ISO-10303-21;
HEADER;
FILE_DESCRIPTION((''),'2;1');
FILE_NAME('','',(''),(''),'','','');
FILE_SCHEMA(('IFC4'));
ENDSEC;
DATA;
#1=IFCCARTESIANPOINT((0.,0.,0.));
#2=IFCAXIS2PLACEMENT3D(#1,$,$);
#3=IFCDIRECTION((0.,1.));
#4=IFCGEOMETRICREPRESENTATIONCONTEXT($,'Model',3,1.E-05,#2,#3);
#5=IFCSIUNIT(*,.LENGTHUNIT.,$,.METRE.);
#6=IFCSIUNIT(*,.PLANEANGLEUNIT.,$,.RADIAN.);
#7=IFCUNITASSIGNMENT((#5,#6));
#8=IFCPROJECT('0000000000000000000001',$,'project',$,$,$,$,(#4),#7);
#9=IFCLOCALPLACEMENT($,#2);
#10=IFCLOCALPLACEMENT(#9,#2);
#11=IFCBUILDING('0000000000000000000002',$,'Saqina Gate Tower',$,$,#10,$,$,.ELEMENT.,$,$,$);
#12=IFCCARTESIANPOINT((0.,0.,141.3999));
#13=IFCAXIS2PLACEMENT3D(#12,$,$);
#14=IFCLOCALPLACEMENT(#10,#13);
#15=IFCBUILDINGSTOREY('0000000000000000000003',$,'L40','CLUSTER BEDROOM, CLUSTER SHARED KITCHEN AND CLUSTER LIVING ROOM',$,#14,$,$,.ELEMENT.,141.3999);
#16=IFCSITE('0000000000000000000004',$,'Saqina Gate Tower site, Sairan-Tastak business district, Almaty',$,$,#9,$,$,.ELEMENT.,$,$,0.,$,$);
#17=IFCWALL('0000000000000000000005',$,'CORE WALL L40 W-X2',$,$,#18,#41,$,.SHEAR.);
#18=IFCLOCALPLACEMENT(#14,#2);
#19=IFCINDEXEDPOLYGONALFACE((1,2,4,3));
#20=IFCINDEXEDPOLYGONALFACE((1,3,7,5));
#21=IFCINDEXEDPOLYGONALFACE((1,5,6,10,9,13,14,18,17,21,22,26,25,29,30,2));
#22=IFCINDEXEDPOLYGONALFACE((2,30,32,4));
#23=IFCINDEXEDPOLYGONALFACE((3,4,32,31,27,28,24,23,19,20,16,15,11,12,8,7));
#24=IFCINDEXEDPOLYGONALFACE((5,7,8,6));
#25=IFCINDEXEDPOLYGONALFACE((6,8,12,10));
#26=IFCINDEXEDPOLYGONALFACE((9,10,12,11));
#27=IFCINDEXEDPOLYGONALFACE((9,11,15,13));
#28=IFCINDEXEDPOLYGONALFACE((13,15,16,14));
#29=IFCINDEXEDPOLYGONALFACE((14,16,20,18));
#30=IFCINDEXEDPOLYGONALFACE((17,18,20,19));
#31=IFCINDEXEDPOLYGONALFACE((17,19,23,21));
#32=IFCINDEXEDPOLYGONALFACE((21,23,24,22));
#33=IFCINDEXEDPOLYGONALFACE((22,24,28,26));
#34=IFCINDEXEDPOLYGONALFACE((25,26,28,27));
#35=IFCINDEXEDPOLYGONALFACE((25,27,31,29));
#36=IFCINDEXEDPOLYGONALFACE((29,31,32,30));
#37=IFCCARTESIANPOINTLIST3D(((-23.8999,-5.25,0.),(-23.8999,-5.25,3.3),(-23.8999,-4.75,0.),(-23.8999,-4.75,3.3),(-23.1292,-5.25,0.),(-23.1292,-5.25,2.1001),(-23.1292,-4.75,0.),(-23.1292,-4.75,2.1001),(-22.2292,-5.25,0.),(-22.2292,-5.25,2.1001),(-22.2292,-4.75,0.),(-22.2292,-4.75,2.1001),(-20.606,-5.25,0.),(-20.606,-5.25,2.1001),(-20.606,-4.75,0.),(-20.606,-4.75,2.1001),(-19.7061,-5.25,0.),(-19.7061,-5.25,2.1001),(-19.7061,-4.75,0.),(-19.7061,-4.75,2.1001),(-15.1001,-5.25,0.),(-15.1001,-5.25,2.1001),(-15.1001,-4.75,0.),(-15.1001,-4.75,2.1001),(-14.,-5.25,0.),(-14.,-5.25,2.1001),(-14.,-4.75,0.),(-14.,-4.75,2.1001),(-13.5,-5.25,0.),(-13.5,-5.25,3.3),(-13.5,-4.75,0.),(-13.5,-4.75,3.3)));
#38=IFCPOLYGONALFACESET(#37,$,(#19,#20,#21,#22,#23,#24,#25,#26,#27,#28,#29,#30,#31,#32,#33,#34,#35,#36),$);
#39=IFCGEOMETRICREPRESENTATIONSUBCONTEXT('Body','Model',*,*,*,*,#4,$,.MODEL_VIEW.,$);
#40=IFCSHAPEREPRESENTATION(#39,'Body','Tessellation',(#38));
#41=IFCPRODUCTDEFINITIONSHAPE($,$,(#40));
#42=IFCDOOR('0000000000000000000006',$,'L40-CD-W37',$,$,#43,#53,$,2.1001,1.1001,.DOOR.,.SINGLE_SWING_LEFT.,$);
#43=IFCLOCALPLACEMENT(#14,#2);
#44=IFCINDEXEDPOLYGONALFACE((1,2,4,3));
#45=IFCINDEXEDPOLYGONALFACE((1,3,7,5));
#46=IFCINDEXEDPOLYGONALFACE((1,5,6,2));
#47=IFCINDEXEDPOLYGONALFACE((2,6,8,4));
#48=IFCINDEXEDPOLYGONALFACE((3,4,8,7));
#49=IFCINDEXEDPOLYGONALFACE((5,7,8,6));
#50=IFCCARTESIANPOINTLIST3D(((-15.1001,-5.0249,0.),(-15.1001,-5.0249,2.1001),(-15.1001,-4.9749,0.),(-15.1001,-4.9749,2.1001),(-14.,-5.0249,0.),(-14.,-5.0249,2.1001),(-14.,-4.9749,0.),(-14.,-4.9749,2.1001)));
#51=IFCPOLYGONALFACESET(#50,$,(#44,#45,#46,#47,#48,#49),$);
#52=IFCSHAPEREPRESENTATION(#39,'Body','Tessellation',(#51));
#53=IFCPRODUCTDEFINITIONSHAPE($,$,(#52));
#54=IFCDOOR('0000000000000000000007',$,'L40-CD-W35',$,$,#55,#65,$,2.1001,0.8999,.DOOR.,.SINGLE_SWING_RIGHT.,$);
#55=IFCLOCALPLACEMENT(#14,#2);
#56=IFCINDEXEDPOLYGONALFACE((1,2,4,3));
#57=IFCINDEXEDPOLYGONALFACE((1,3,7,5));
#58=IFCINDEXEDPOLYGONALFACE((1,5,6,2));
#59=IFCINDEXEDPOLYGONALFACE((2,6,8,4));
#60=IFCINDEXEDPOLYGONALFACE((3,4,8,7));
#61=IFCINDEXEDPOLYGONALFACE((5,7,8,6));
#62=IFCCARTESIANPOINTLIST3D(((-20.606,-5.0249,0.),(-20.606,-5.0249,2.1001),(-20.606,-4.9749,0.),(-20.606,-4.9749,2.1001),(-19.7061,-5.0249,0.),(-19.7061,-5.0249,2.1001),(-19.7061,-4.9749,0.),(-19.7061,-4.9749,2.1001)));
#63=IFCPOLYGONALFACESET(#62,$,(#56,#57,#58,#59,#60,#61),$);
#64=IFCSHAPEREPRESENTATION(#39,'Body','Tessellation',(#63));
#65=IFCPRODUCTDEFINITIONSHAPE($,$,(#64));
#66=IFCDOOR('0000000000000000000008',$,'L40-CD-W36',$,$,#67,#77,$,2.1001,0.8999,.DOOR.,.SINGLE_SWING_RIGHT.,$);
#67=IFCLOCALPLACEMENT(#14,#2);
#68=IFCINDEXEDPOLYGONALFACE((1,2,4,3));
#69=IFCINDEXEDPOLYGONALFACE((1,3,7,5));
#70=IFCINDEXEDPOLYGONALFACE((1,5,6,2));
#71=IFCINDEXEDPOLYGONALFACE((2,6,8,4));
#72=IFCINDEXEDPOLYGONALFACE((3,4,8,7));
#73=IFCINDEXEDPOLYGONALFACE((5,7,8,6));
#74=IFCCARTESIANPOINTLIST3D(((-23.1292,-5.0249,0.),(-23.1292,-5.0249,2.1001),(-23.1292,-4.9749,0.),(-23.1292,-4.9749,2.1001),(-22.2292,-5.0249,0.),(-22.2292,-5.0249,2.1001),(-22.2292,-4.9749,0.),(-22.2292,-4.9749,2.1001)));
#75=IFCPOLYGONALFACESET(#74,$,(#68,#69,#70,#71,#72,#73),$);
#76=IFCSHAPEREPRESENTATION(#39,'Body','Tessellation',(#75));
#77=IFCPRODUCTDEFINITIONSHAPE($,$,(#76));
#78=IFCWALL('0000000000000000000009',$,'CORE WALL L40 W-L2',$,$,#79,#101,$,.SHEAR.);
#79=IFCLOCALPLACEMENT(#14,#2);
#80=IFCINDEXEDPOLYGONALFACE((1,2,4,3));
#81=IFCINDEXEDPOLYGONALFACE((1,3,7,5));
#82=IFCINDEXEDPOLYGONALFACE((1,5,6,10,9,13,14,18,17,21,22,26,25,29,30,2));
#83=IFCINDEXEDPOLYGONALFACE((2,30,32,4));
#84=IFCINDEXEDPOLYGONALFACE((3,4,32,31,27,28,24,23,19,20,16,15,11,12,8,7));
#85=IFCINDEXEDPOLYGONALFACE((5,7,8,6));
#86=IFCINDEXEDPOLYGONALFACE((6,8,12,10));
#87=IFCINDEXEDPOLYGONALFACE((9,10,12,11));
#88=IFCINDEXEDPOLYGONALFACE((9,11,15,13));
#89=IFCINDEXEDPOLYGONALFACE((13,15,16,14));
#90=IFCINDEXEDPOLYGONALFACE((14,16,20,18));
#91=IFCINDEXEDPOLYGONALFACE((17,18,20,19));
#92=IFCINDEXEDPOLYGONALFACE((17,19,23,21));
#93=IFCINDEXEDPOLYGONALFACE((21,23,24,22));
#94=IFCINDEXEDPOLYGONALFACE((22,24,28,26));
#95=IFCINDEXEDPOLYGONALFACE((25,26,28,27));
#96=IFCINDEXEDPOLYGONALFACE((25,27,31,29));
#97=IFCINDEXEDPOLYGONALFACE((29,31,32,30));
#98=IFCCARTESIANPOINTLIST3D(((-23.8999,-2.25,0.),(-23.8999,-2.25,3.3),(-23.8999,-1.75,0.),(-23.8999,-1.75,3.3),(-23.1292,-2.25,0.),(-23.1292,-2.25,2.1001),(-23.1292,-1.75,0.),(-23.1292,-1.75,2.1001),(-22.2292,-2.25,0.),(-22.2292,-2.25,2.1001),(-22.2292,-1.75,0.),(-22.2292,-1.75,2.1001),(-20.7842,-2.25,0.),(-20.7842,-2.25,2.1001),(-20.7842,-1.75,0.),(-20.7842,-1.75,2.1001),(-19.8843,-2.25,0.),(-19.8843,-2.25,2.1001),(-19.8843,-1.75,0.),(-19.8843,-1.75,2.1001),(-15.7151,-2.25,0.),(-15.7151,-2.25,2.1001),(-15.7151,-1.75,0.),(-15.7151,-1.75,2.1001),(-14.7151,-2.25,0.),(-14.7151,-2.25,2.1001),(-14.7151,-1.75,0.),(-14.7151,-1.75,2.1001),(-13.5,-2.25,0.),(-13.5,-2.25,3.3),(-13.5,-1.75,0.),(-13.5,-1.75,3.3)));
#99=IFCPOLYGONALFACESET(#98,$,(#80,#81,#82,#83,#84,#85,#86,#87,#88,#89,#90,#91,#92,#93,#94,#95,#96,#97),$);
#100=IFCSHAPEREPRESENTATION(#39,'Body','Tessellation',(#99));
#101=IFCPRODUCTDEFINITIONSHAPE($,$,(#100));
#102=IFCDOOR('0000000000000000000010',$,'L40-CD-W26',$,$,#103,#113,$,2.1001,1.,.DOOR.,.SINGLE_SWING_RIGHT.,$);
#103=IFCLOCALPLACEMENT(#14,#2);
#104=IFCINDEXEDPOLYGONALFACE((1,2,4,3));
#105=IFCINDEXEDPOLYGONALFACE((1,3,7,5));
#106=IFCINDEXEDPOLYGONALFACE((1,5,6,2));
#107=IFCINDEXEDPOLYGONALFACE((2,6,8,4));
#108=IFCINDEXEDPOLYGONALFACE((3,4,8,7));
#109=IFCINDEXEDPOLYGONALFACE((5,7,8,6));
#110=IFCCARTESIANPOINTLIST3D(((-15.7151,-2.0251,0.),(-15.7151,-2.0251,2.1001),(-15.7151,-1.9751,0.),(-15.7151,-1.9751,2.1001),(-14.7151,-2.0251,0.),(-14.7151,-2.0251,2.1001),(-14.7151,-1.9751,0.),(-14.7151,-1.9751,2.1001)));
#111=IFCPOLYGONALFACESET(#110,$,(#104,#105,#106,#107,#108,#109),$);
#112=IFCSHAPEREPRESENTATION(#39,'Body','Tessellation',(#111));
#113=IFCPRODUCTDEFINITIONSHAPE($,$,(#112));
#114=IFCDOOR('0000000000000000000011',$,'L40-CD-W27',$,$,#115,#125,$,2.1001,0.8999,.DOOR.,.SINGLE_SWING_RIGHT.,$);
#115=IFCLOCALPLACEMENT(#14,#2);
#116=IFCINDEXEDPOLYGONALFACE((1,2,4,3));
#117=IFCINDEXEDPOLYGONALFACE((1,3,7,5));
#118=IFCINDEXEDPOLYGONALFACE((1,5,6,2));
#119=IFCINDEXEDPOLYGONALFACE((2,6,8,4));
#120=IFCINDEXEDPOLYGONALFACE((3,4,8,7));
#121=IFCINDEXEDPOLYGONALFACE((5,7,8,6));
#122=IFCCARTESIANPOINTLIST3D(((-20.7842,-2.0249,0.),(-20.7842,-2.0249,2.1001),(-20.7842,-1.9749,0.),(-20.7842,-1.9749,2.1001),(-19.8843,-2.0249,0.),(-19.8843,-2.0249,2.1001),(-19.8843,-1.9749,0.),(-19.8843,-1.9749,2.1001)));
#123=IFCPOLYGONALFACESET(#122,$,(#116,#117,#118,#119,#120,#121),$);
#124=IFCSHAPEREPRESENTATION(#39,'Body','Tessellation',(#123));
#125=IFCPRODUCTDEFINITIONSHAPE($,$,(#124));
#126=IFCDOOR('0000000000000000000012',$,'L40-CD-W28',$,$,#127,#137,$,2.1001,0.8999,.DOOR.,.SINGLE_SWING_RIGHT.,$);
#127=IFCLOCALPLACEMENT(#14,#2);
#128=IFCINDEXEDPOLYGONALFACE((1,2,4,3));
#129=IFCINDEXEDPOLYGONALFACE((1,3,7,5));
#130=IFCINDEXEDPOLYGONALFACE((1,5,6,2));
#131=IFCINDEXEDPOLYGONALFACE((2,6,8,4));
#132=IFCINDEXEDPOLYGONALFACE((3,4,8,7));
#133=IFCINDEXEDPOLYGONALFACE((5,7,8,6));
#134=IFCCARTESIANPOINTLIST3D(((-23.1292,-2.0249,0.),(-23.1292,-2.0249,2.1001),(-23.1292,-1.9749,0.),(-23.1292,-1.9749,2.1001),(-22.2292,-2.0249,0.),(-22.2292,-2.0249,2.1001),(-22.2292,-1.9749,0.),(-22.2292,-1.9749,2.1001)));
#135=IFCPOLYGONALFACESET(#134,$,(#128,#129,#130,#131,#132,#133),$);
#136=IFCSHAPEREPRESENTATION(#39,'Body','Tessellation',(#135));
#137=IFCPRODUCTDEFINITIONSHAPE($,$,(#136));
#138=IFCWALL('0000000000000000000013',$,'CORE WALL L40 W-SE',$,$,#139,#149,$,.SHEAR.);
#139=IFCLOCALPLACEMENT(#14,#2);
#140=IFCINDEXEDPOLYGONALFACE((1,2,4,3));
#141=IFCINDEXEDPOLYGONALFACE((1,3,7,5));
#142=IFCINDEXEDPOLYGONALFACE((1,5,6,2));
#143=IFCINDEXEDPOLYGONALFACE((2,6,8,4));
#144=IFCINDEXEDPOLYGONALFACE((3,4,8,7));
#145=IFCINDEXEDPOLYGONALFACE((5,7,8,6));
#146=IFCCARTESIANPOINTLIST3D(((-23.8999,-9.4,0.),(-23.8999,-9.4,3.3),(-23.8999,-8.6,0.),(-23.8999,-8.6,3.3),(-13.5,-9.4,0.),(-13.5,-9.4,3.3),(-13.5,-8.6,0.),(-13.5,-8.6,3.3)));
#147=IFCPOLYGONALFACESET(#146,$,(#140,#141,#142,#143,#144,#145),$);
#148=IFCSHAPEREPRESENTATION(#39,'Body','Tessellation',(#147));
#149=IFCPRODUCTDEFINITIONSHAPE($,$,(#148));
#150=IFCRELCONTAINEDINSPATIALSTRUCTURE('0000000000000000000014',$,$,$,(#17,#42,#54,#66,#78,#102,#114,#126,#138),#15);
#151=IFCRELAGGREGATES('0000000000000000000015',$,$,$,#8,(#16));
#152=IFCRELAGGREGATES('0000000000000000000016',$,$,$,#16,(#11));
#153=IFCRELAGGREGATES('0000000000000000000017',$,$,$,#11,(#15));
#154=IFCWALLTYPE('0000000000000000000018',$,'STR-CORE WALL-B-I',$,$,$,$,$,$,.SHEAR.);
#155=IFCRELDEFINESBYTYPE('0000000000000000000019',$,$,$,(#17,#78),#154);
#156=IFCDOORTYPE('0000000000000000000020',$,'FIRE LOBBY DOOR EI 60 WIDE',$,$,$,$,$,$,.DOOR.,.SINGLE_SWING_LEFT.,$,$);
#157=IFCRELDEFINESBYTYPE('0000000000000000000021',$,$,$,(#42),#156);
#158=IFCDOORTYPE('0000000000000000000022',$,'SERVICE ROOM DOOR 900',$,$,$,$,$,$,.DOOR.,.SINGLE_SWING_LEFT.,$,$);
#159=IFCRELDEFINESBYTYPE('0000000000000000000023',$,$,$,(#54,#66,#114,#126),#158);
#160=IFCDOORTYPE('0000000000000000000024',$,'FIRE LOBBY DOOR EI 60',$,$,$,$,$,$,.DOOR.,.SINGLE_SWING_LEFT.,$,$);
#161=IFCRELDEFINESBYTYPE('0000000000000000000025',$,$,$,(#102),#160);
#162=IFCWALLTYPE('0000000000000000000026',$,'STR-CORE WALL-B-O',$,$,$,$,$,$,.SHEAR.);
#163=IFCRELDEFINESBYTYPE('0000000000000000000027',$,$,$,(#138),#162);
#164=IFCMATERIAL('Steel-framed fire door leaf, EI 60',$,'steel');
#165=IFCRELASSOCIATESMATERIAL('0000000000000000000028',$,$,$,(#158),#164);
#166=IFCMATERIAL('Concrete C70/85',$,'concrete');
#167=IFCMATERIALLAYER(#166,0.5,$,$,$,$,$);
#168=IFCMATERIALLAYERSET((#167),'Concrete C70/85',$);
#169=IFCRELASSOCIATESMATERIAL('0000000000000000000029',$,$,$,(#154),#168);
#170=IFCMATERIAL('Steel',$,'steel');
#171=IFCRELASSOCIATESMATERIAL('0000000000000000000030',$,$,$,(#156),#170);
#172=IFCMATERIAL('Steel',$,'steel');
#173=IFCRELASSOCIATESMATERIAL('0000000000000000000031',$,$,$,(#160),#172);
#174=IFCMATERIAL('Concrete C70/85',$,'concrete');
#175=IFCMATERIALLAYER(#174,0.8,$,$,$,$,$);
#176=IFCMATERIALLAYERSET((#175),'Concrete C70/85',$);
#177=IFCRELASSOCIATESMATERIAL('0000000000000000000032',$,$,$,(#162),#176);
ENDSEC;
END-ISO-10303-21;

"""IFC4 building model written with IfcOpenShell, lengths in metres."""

from ifc_helpers import new_model, si_unit, direction, frame, frame_2d, origin, place, context, subcontext, project, spatial, rectangle, extrude, material, layer, layer_set, type_object, element, fill, save


model = new_model("IFC4")

# Units and contexts
model_context = context("Model", 3, precision=1e-05, world=origin(), true_north=direction((0.0, 1.0)))
body_context = subcontext(model_context, "Body", "Model", "MODEL_VIEW")
ifc_project = project(units=[si_unit("LENGTHUNIT", "METRE"), si_unit("PLANEANGLEUNIT", "RADIAN")], contexts=[model_context])

# Site, building, storey
site_placement = place(None, origin())
site = spatial("IfcSite", under=ifc_project, at=site_placement, Name="Saqina Gate Tower site, Sairan-Tastak business district, Almaty", CompositionType="ELEMENT", RefElevation=0.0)
building_placement = place(site_placement, origin())
building = spatial("IfcBuilding", under=site, at=building_placement, Name="Saqina Gate Tower", CompositionType="ELEMENT")
storey_placement = place(building_placement, frame((0.0, 0.0, 141.3999)))
storey = spatial("IfcBuildingStorey", under=building, at=storey_placement, Name="L40", Description="CLUSTER BEDROOM, CLUSTER SHARED KITCHEN AND CLUSTER LIVING ROOM", CompositionType="ELEMENT", Elevation=141.3999)

# Shared definitions
ifc_material_1 = material(Name="Steel-framed fire door leaf, EI 60", Category="steel")
door_type_1 = type_object("IfcDoorType", Name="SERVICE ROOM DOOR 900", OperationType="SINGLE_SWING_LEFT", PredefinedType="DOOR", material=ifc_material_1)

# Walls, openings, doors
ifc_material_2 = material(Name="Concrete C70/85", Category="concrete")
ifc_layer_1 = layer(ifc_material_2, 0.5)
ifc_layer_set_1 = layer_set([ifc_layer_1], Name="Concrete C70/85")
wall_type_1 = type_object("IfcWallType", Name="STR-CORE WALL-B-I", PredefinedType="SHEAR", material=ifc_layer_set_1)
wall_1_placement = place(storey_placement, frame((-13.5, -5.0, 0.0), z_axis=(0.0, 0.0, 1.0), x_axis=(-1.0, 0.0, 0.0)))
wall_1 = element("IfcWall", 1, at=wall_1_placement, inside=storey, type_object=wall_type_1, Name="CORE WALL L40 W-X2", PredefinedType="SHEAR", context=body_context, shape_type="SweptSolid", body=[
    extrude(rectangle(XDim=10.3999, YDim=0.5, at=frame_2d((5.2, 0.0))), origin(), (0.0, 0.0, 1.0), 3.3),
])
opening_1_placement = place(wall_1_placement, frame((6.2061, 0.0, 0.0)))
opening_1 = element("IfcOpeningElement", 2, at=opening_1_placement, cuts=wall_1, PredefinedType="OPENING", context=body_context, shape_type="SweptSolid", body=[
    extrude(rectangle(XDim=0.8999, YDim=2.1001, at=frame_2d((0.45, 1.05))), frame((0.0, 0.262, 0.0), z_axis=(0.0, -1.0, 0.0), x_axis=(1.0, 0.0, 0.0)), (0.0, 0.0, 1.0), 0.5239),
])
opening_2_placement = place(wall_1_placement, frame((8.7292, 0.0, 0.0)))
opening_2 = element("IfcOpeningElement", 3, at=opening_2_placement, cuts=wall_1, PredefinedType="OPENING", context=body_context, shape_type="SweptSolid", body=[
    extrude(rectangle(XDim=0.8999, YDim=2.1001, at=frame_2d((0.45, 1.05))), frame((0.0, 0.262, 0.0), z_axis=(0.0, -1.0, 0.0), x_axis=(1.0, 0.0, 0.0)), (0.0, 0.0, 1.0), 0.5239),
])
opening_3_placement = place(wall_1_placement, frame((0.5, 0.0, 0.0)))
opening_3 = element("IfcOpeningElement", 4, at=opening_3_placement, cuts=wall_1, PredefinedType="OPENING", context=body_context, shape_type="SweptSolid", body=[
    extrude(rectangle(XDim=1.1001, YDim=2.1001, at=frame_2d((0.55, 1.05))), frame((0.0, 0.262, 0.0), z_axis=(0.0, -1.0, 0.0), x_axis=(1.0, 0.0, 0.0)), (0.0, 0.0, 1.0), 0.5239),
])
ifc_material_3 = material(Name="Steel", Category="steel")
door_type_2 = type_object("IfcDoorType", Name="FIRE LOBBY DOOR EI 60 WIDE", OperationType="SINGLE_SWING_LEFT", PredefinedType="DOOR", material=ifc_material_3)
door_1_placement = place(opening_3_placement, origin())
door_1 = element("IfcDoor", 5, at=door_1_placement, inside=storey, type_object=door_type_2, Name="L40-CD-W37", OperationType="SINGLE_SWING_LEFT", OverallHeight=2.1001, OverallWidth=1.1001, PredefinedType="DOOR", context=body_context, shape_type="SweptSolid", body=[
    extrude(rectangle(XDim=1.1001, YDim=2.1001, at=frame_2d((0.55, 1.05))), frame((0.0, 0.0249, 0.0), z_axis=(0.0, -1.0, 0.0), x_axis=(1.0, 0.0, 0.0)), (0.0, 0.0, 1.0), 0.05),
])
fill(opening_3, door_1)
door_2_placement = place(opening_1_placement, origin())
door_2 = element("IfcDoor", 6, at=door_2_placement, inside=storey, type_object=door_type_1, Name="L40-CD-W35", OperationType="SINGLE_SWING_RIGHT", OverallHeight=2.1001, OverallWidth=0.8999, PredefinedType="DOOR", context=body_context, shape_type="SweptSolid", body=[
    extrude(rectangle(XDim=0.8999, YDim=2.1001, at=frame_2d((0.45, 1.05))), frame((0.0, 0.0249, 0.0), z_axis=(0.0, -1.0, 0.0), x_axis=(1.0, 0.0, 0.0)), (0.0, 0.0, 1.0), 0.05),
])
fill(opening_1, door_2)
door_3_placement = place(opening_2_placement, origin())
door_3 = element("IfcDoor", 7, at=door_3_placement, inside=storey, type_object=door_type_1, Name="L40-CD-W36", OperationType="SINGLE_SWING_RIGHT", OverallHeight=2.1001, OverallWidth=0.8999, PredefinedType="DOOR", context=body_context, shape_type="SweptSolid", body=[
    extrude(rectangle(XDim=0.8999, YDim=2.1001, at=frame_2d((0.45, 1.05))), frame((0.0, 0.0249, 0.0), z_axis=(0.0, -1.0, 0.0), x_axis=(1.0, 0.0, 0.0)), (0.0, 0.0, 1.0), 0.05),
])
fill(opening_2, door_3)
wall_2_placement = place(storey_placement, frame((-13.5, -2.0, 0.0), z_axis=(0.0, 0.0, 1.0), x_axis=(-1.0, 0.0, 0.0)))
wall_2 = element("IfcWall", 8, at=wall_2_placement, inside=storey, type_object=wall_type_1, Name="CORE WALL L40 W-L2", PredefinedType="SHEAR", context=body_context, shape_type="SweptSolid", body=[
    extrude(rectangle(XDim=10.3999, YDim=0.5, at=frame_2d((5.2, 0.0))), origin(), (0.0, 0.0, 1.0), 3.3),
])
opening_4_placement = place(wall_2_placement, frame((1.2151, 0.0, 0.0)))
opening_4 = element("IfcOpeningElement", 9, at=opening_4_placement, cuts=wall_2, PredefinedType="OPENING", context=body_context, shape_type="SweptSolid", body=[
    extrude(rectangle(XDim=1.0, YDim=2.1001, at=frame_2d((0.5, 1.05))), frame((0.0, 0.262, 0.0), z_axis=(0.0, -1.0, 0.0), x_axis=(1.0, 0.0, 0.0)), (0.0, 0.0, 1.0), 0.5239),
])
opening_5_placement = place(wall_2_placement, frame((6.3843, 0.0, 0.0)))
opening_5 = element("IfcOpeningElement", 10, at=opening_5_placement, cuts=wall_2, PredefinedType="OPENING", context=body_context, shape_type="SweptSolid", body=[
    extrude(rectangle(XDim=0.8999, YDim=2.1001, at=frame_2d((0.45, 1.05))), frame((0.0, 0.262, 0.0), z_axis=(0.0, -1.0, 0.0), x_axis=(1.0, 0.0, 0.0)), (0.0, 0.0, 1.0), 0.5239),
])
opening_6_placement = place(wall_2_placement, frame((8.7292, 0.0, 0.0)))
opening_6 = element("IfcOpeningElement", 11, at=opening_6_placement, cuts=wall_2, PredefinedType="OPENING", context=body_context, shape_type="SweptSolid", body=[
    extrude(rectangle(XDim=0.8999, YDim=2.1001, at=frame_2d((0.45, 1.05))), frame((0.0, 0.262, 0.0), z_axis=(0.0, -1.0, 0.0), x_axis=(1.0, 0.0, 0.0)), (0.0, 0.0, 1.0), 0.5239),
])
ifc_material_4 = material(Name="Steel", Category="steel")
door_type_3 = type_object("IfcDoorType", Name="FIRE LOBBY DOOR EI 60", OperationType="SINGLE_SWING_LEFT", PredefinedType="DOOR", material=ifc_material_4)
door_4_placement = place(opening_4_placement, frame((1.0, 0.0, 0.0), z_axis=(0.0, 0.0, 1.0), x_axis=(-1.0, 0.0, 0.0)))
door_4 = element("IfcDoor", 12, at=door_4_placement, inside=storey, type_object=door_type_3, Name="L40-CD-W26", OperationType="SINGLE_SWING_RIGHT", OverallHeight=2.1001, OverallWidth=1.0, PredefinedType="DOOR", context=body_context, shape_type="SweptSolid", body=[
    extrude(rectangle(XDim=1.0, YDim=2.1001, at=frame_2d((0.5, 1.05))), frame((0.0, 0.0249, 0.0), z_axis=(0.0, -1.0, 0.0), x_axis=(1.0, 0.0, 0.0)), (0.0, 0.0, 1.0), 0.05),
])
fill(opening_4, door_4)
door_5_placement = place(opening_5_placement, origin())
door_5 = element("IfcDoor", 13, at=door_5_placement, inside=storey, type_object=door_type_1, Name="L40-CD-W27", OperationType="SINGLE_SWING_RIGHT", OverallHeight=2.1001, OverallWidth=0.8999, PredefinedType="DOOR", context=body_context, shape_type="SweptSolid", body=[
    extrude(rectangle(XDim=0.8999, YDim=2.1001, at=frame_2d((0.45, 1.05))), frame((0.0, 0.0249, 0.0), z_axis=(0.0, -1.0, 0.0), x_axis=(1.0, 0.0, 0.0)), (0.0, 0.0, 1.0), 0.05),
])
fill(opening_5, door_5)
door_6_placement = place(opening_6_placement, origin())
door_6 = element("IfcDoor", 14, at=door_6_placement, inside=storey, type_object=door_type_1, Name="L40-CD-W28", OperationType="SINGLE_SWING_RIGHT", OverallHeight=2.1001, OverallWidth=0.8999, PredefinedType="DOOR", context=body_context, shape_type="SweptSolid", body=[
    extrude(rectangle(XDim=0.8999, YDim=2.1001, at=frame_2d((0.45, 1.05))), frame((0.0, 0.0249, 0.0), z_axis=(0.0, -1.0, 0.0), x_axis=(1.0, 0.0, 0.0)), (0.0, 0.0, 1.0), 0.05),
])
fill(opening_6, door_6)
ifc_material_5 = material(Name="Concrete C70/85", Category="concrete")
ifc_layer_2 = layer(ifc_material_5, 0.8)
ifc_layer_set_2 = layer_set([ifc_layer_2], Name="Concrete C70/85")
wall_type_2 = type_object("IfcWallType", Name="STR-CORE WALL-B-O", PredefinedType="SHEAR", material=ifc_layer_set_2)

# Wall
wall_3_placement = place(storey_placement, frame((-13.5, -9.0, 0.0), z_axis=(0.0, 0.0, 1.0), x_axis=(-1.0, 0.0, 0.0)))
element("IfcWall", 15, at=wall_3_placement, inside=storey, type_object=wall_type_2, Name="CORE WALL L40 W-SE", PredefinedType="SHEAR", context=body_context, shape_type="SweptSolid", body=[
    extrude(rectangle(XDim=10.3999, YDim=0.8, at=frame_2d((5.2, 0.0))), origin(), (0.0, 0.0, 1.0), 3.3),
])

save(model, "model.ifc")
